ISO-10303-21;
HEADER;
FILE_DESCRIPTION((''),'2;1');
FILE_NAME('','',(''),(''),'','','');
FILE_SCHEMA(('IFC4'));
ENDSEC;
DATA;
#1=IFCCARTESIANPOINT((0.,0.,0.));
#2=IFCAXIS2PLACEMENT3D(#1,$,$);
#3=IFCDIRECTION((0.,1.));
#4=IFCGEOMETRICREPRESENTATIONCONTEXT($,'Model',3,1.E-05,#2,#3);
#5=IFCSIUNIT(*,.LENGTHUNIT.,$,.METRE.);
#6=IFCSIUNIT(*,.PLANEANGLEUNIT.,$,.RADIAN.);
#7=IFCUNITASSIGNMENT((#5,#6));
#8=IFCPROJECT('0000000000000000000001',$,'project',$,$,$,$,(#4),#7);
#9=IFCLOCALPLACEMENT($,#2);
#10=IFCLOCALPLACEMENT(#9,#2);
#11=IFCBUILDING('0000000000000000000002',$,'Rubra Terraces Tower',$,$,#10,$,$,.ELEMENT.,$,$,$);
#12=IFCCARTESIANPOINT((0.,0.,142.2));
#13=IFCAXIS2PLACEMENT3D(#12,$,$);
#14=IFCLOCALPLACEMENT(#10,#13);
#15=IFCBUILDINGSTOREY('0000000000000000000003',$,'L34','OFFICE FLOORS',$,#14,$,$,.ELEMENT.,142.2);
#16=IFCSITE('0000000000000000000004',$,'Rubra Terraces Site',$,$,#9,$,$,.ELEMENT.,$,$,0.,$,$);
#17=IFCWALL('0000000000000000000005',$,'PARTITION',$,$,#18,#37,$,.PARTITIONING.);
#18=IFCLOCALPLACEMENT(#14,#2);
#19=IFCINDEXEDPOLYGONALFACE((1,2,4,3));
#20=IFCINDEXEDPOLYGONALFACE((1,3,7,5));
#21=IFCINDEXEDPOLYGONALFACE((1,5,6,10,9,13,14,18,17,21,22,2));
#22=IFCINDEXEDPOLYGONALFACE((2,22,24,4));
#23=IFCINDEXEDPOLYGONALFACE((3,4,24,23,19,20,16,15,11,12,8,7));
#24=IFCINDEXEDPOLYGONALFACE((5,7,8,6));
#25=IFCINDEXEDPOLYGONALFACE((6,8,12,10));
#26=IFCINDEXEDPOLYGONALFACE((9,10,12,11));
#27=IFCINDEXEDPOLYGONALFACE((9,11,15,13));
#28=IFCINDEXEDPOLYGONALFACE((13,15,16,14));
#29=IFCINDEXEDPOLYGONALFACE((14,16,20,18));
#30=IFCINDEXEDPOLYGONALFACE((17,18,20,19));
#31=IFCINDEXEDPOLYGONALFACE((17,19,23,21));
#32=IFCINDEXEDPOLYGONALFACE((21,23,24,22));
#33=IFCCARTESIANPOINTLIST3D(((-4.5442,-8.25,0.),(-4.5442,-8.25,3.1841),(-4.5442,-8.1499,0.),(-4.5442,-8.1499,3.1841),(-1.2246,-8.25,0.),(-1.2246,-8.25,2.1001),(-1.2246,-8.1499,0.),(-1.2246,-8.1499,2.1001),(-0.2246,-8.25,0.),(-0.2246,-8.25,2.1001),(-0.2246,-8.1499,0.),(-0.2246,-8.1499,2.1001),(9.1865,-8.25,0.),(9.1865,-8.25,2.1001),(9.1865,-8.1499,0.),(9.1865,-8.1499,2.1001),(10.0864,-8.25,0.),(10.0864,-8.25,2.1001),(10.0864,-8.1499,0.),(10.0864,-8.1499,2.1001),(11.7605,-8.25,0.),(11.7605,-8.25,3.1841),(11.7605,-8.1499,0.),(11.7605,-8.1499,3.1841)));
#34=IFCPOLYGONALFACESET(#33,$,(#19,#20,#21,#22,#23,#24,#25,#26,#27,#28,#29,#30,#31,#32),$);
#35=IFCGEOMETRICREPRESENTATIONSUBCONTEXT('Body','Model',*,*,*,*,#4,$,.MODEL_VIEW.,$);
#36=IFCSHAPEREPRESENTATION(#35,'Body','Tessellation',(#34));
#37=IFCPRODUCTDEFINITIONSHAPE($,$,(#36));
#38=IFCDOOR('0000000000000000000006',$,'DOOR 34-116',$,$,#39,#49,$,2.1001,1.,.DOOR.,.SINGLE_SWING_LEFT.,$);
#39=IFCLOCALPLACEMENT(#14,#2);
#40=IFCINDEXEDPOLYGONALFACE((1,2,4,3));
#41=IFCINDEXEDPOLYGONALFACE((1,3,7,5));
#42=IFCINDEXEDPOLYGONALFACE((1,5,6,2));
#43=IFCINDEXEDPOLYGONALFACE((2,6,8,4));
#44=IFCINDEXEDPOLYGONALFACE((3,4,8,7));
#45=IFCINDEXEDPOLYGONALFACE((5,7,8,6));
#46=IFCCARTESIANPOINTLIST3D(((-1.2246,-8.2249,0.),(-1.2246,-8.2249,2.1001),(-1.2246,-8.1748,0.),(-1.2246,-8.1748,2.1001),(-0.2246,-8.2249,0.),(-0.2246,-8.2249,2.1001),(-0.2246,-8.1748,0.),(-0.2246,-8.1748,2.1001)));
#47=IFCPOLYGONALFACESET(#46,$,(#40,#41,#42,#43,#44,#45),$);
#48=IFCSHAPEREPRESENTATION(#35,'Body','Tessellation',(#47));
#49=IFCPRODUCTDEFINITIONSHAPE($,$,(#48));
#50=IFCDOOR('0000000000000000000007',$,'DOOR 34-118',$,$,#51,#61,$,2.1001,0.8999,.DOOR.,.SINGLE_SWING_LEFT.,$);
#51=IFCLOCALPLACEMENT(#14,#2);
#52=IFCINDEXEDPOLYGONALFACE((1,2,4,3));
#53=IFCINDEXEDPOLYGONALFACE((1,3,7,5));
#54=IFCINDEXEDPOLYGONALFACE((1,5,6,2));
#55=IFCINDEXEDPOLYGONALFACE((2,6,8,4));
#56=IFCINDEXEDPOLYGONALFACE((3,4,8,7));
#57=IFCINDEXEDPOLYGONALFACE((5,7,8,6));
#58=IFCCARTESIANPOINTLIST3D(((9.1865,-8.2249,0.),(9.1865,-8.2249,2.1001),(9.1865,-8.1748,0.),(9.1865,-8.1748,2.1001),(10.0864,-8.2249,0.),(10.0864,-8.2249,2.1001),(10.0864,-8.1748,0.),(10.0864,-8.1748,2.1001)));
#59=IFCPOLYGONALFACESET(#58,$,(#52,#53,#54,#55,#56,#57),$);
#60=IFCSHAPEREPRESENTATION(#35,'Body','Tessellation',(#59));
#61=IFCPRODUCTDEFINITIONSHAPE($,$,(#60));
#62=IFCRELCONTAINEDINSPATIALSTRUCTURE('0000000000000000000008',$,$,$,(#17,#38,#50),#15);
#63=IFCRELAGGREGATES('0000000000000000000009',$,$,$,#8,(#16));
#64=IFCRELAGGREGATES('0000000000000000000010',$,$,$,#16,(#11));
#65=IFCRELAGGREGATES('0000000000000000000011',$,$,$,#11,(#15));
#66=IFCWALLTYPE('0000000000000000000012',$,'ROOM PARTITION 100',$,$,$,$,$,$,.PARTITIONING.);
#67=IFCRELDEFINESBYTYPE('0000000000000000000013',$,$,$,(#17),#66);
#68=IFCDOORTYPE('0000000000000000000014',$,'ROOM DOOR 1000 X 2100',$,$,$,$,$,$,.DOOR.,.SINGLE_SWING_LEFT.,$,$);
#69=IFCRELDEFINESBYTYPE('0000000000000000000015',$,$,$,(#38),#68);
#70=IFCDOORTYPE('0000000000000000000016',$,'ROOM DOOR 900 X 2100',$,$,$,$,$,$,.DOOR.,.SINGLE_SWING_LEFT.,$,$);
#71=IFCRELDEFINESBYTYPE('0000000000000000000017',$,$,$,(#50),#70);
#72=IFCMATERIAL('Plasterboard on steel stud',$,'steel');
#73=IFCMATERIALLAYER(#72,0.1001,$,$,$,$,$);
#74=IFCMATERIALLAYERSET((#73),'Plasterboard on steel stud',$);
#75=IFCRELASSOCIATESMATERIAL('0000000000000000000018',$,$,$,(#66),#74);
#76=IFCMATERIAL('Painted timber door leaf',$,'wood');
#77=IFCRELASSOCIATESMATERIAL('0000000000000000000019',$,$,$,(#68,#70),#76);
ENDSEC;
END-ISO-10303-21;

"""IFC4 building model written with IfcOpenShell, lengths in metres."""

from ifc_helpers import new_model, si_unit, direction, frame, frame_2d, origin, place, context, subcontext, project, spatial, rectangle, extrude, material, layer, layer_set, type_object, element, fill, save


model = new_model("IFC4")

# Units and contexts
model_context = context("Model", 3, precision=1e-05, world=origin(), true_north=direction((0.0, 1.0)))
body_context = subcontext(model_context, "Body", "Model", "MODEL_VIEW")
ifc_project = project(units=[si_unit("LENGTHUNIT", "METRE"), si_unit("PLANEANGLEUNIT", "RADIAN")], contexts=[model_context])

# Site, building, storey
site_placement = place(None, origin())
site = spatial("IfcSite", under=ifc_project, at=site_placement, Name="Rubra Terraces Site", CompositionType="ELEMENT", RefElevation=0.0)
building_placement = place(site_placement, origin())
building = spatial("IfcBuilding", under=site, at=building_placement, Name="Rubra Terraces Tower", CompositionType="ELEMENT")
storey_placement = place(building_placement, frame((0.0, 0.0, 142.2)))
storey = spatial("IfcBuildingStorey", under=building, at=storey_placement, Name="L34", Description="OFFICE FLOORS", CompositionType="ELEMENT", Elevation=142.2)

# Wall, openings, doors
ifc_material_1 = material(Name="Plasterboard on steel stud", Category="steel")
ifc_layer_1 = layer(ifc_material_1, 0.1001)
ifc_layer_set_1 = layer_set([ifc_layer_1], Name="Plasterboard on steel stud")
wall_type_1 = type_object("IfcWallType", Name="ROOM PARTITION 100", PredefinedType="PARTITIONING", material=ifc_layer_set_1)
wall_1_placement = place(storey_placement, frame((11.7605, -8.2, 0.0), z_axis=(0.0, 0.0, 1.0), x_axis=(-1.0, 0.0, 0.0)))
wall_1 = element("IfcWall", 1, at=wall_1_placement, inside=storey, type_object=wall_type_1, Name="PARTITION", PredefinedType="PARTITIONING", context=body_context, shape_type="SweptSolid", body=[
    extrude(rectangle(XDim=16.3047, YDim=0.1001, at=frame_2d((8.1523, 0.0))), origin(), (0.0, 0.0, 1.0), 3.1841),
])
opening_1_placement = place(wall_1_placement, frame((11.9851, 0.0, 0.0)))
opening_1 = element("IfcOpeningElement", 2, at=opening_1_placement, cuts=wall_1, PredefinedType="OPENING", context=body_context, shape_type="SweptSolid", body=[
    extrude(rectangle(XDim=1.0, YDim=2.1001, at=frame_2d((0.5, 1.05))), frame((0.0, 0.0601, 0.0), z_axis=(0.0, -1.0, 0.0), x_axis=(1.0, 0.0, 0.0)), (0.0, 0.0, 1.0), 0.1201),
])
opening_2_placement = place(wall_1_placement, frame((1.6741, 0.0, 0.0)))
opening_2 = element("IfcOpeningElement", 3, at=opening_2_placement, cuts=wall_1, PredefinedType="OPENING", context=body_context, shape_type="SweptSolid", body=[
    extrude(rectangle(XDim=0.8999, YDim=2.1001, at=frame_2d((0.45, 1.05))), frame((0.0, 0.0601, 0.0), z_axis=(0.0, -1.0, 0.0), x_axis=(1.0, 0.0, 0.0)), (0.0, 0.0, 1.0), 0.1201),
])
ifc_material_2 = material(Name="Painted timber door leaf", Category="wood")
door_type_1 = type_object("IfcDoorType", Name="ROOM DOOR 1000 X 2100", OperationType="SINGLE_SWING_LEFT", PredefinedType="DOOR", material=ifc_material_2)
door_1_placement = place(opening_1_placement, origin())
door_1 = element("IfcDoor", 4, at=door_1_placement, inside=storey, type_object=door_type_1, Name="DOOR 34-116", OperationType="SINGLE_SWING_LEFT", OverallHeight=2.1001, OverallWidth=1.0, PredefinedType="DOOR", context=body_context, shape_type="SweptSolid", body=[
    extrude(rectangle(XDim=1.0, YDim=2.1001, at=frame_2d((0.5, 1.05))), frame((0.0, 0.0249, 0.0), z_axis=(0.0, -1.0, 0.0), x_axis=(1.0, 0.0, 0.0)), (0.0, 0.0, 1.0), 0.05),
])
fill(opening_1, door_1)
door_type_2 = type_object("IfcDoorType", Name="ROOM DOOR 900 X 2100", OperationType="SINGLE_SWING_LEFT", PredefinedType="DOOR", material=ifc_material_2)
door_2_placement = place(opening_2_placement, origin())
door_2 = element("IfcDoor", 5, at=door_2_placement, inside=storey, type_object=door_type_2, Name="DOOR 34-118", OperationType="SINGLE_SWING_LEFT", OverallHeight=2.1001, OverallWidth=0.8999, PredefinedType="DOOR", context=body_context, shape_type="SweptSolid", body=[
    extrude(rectangle(XDim=0.8999, YDim=2.1001, at=frame_2d((0.45, 1.05))), frame((0.0, 0.0249, 0.0), z_axis=(0.0, -1.0, 0.0), x_axis=(1.0, 0.0, 0.0)), (0.0, 0.0, 1.0), 0.05),
])
fill(opening_2, door_2)

save(model, "model.ifc")
